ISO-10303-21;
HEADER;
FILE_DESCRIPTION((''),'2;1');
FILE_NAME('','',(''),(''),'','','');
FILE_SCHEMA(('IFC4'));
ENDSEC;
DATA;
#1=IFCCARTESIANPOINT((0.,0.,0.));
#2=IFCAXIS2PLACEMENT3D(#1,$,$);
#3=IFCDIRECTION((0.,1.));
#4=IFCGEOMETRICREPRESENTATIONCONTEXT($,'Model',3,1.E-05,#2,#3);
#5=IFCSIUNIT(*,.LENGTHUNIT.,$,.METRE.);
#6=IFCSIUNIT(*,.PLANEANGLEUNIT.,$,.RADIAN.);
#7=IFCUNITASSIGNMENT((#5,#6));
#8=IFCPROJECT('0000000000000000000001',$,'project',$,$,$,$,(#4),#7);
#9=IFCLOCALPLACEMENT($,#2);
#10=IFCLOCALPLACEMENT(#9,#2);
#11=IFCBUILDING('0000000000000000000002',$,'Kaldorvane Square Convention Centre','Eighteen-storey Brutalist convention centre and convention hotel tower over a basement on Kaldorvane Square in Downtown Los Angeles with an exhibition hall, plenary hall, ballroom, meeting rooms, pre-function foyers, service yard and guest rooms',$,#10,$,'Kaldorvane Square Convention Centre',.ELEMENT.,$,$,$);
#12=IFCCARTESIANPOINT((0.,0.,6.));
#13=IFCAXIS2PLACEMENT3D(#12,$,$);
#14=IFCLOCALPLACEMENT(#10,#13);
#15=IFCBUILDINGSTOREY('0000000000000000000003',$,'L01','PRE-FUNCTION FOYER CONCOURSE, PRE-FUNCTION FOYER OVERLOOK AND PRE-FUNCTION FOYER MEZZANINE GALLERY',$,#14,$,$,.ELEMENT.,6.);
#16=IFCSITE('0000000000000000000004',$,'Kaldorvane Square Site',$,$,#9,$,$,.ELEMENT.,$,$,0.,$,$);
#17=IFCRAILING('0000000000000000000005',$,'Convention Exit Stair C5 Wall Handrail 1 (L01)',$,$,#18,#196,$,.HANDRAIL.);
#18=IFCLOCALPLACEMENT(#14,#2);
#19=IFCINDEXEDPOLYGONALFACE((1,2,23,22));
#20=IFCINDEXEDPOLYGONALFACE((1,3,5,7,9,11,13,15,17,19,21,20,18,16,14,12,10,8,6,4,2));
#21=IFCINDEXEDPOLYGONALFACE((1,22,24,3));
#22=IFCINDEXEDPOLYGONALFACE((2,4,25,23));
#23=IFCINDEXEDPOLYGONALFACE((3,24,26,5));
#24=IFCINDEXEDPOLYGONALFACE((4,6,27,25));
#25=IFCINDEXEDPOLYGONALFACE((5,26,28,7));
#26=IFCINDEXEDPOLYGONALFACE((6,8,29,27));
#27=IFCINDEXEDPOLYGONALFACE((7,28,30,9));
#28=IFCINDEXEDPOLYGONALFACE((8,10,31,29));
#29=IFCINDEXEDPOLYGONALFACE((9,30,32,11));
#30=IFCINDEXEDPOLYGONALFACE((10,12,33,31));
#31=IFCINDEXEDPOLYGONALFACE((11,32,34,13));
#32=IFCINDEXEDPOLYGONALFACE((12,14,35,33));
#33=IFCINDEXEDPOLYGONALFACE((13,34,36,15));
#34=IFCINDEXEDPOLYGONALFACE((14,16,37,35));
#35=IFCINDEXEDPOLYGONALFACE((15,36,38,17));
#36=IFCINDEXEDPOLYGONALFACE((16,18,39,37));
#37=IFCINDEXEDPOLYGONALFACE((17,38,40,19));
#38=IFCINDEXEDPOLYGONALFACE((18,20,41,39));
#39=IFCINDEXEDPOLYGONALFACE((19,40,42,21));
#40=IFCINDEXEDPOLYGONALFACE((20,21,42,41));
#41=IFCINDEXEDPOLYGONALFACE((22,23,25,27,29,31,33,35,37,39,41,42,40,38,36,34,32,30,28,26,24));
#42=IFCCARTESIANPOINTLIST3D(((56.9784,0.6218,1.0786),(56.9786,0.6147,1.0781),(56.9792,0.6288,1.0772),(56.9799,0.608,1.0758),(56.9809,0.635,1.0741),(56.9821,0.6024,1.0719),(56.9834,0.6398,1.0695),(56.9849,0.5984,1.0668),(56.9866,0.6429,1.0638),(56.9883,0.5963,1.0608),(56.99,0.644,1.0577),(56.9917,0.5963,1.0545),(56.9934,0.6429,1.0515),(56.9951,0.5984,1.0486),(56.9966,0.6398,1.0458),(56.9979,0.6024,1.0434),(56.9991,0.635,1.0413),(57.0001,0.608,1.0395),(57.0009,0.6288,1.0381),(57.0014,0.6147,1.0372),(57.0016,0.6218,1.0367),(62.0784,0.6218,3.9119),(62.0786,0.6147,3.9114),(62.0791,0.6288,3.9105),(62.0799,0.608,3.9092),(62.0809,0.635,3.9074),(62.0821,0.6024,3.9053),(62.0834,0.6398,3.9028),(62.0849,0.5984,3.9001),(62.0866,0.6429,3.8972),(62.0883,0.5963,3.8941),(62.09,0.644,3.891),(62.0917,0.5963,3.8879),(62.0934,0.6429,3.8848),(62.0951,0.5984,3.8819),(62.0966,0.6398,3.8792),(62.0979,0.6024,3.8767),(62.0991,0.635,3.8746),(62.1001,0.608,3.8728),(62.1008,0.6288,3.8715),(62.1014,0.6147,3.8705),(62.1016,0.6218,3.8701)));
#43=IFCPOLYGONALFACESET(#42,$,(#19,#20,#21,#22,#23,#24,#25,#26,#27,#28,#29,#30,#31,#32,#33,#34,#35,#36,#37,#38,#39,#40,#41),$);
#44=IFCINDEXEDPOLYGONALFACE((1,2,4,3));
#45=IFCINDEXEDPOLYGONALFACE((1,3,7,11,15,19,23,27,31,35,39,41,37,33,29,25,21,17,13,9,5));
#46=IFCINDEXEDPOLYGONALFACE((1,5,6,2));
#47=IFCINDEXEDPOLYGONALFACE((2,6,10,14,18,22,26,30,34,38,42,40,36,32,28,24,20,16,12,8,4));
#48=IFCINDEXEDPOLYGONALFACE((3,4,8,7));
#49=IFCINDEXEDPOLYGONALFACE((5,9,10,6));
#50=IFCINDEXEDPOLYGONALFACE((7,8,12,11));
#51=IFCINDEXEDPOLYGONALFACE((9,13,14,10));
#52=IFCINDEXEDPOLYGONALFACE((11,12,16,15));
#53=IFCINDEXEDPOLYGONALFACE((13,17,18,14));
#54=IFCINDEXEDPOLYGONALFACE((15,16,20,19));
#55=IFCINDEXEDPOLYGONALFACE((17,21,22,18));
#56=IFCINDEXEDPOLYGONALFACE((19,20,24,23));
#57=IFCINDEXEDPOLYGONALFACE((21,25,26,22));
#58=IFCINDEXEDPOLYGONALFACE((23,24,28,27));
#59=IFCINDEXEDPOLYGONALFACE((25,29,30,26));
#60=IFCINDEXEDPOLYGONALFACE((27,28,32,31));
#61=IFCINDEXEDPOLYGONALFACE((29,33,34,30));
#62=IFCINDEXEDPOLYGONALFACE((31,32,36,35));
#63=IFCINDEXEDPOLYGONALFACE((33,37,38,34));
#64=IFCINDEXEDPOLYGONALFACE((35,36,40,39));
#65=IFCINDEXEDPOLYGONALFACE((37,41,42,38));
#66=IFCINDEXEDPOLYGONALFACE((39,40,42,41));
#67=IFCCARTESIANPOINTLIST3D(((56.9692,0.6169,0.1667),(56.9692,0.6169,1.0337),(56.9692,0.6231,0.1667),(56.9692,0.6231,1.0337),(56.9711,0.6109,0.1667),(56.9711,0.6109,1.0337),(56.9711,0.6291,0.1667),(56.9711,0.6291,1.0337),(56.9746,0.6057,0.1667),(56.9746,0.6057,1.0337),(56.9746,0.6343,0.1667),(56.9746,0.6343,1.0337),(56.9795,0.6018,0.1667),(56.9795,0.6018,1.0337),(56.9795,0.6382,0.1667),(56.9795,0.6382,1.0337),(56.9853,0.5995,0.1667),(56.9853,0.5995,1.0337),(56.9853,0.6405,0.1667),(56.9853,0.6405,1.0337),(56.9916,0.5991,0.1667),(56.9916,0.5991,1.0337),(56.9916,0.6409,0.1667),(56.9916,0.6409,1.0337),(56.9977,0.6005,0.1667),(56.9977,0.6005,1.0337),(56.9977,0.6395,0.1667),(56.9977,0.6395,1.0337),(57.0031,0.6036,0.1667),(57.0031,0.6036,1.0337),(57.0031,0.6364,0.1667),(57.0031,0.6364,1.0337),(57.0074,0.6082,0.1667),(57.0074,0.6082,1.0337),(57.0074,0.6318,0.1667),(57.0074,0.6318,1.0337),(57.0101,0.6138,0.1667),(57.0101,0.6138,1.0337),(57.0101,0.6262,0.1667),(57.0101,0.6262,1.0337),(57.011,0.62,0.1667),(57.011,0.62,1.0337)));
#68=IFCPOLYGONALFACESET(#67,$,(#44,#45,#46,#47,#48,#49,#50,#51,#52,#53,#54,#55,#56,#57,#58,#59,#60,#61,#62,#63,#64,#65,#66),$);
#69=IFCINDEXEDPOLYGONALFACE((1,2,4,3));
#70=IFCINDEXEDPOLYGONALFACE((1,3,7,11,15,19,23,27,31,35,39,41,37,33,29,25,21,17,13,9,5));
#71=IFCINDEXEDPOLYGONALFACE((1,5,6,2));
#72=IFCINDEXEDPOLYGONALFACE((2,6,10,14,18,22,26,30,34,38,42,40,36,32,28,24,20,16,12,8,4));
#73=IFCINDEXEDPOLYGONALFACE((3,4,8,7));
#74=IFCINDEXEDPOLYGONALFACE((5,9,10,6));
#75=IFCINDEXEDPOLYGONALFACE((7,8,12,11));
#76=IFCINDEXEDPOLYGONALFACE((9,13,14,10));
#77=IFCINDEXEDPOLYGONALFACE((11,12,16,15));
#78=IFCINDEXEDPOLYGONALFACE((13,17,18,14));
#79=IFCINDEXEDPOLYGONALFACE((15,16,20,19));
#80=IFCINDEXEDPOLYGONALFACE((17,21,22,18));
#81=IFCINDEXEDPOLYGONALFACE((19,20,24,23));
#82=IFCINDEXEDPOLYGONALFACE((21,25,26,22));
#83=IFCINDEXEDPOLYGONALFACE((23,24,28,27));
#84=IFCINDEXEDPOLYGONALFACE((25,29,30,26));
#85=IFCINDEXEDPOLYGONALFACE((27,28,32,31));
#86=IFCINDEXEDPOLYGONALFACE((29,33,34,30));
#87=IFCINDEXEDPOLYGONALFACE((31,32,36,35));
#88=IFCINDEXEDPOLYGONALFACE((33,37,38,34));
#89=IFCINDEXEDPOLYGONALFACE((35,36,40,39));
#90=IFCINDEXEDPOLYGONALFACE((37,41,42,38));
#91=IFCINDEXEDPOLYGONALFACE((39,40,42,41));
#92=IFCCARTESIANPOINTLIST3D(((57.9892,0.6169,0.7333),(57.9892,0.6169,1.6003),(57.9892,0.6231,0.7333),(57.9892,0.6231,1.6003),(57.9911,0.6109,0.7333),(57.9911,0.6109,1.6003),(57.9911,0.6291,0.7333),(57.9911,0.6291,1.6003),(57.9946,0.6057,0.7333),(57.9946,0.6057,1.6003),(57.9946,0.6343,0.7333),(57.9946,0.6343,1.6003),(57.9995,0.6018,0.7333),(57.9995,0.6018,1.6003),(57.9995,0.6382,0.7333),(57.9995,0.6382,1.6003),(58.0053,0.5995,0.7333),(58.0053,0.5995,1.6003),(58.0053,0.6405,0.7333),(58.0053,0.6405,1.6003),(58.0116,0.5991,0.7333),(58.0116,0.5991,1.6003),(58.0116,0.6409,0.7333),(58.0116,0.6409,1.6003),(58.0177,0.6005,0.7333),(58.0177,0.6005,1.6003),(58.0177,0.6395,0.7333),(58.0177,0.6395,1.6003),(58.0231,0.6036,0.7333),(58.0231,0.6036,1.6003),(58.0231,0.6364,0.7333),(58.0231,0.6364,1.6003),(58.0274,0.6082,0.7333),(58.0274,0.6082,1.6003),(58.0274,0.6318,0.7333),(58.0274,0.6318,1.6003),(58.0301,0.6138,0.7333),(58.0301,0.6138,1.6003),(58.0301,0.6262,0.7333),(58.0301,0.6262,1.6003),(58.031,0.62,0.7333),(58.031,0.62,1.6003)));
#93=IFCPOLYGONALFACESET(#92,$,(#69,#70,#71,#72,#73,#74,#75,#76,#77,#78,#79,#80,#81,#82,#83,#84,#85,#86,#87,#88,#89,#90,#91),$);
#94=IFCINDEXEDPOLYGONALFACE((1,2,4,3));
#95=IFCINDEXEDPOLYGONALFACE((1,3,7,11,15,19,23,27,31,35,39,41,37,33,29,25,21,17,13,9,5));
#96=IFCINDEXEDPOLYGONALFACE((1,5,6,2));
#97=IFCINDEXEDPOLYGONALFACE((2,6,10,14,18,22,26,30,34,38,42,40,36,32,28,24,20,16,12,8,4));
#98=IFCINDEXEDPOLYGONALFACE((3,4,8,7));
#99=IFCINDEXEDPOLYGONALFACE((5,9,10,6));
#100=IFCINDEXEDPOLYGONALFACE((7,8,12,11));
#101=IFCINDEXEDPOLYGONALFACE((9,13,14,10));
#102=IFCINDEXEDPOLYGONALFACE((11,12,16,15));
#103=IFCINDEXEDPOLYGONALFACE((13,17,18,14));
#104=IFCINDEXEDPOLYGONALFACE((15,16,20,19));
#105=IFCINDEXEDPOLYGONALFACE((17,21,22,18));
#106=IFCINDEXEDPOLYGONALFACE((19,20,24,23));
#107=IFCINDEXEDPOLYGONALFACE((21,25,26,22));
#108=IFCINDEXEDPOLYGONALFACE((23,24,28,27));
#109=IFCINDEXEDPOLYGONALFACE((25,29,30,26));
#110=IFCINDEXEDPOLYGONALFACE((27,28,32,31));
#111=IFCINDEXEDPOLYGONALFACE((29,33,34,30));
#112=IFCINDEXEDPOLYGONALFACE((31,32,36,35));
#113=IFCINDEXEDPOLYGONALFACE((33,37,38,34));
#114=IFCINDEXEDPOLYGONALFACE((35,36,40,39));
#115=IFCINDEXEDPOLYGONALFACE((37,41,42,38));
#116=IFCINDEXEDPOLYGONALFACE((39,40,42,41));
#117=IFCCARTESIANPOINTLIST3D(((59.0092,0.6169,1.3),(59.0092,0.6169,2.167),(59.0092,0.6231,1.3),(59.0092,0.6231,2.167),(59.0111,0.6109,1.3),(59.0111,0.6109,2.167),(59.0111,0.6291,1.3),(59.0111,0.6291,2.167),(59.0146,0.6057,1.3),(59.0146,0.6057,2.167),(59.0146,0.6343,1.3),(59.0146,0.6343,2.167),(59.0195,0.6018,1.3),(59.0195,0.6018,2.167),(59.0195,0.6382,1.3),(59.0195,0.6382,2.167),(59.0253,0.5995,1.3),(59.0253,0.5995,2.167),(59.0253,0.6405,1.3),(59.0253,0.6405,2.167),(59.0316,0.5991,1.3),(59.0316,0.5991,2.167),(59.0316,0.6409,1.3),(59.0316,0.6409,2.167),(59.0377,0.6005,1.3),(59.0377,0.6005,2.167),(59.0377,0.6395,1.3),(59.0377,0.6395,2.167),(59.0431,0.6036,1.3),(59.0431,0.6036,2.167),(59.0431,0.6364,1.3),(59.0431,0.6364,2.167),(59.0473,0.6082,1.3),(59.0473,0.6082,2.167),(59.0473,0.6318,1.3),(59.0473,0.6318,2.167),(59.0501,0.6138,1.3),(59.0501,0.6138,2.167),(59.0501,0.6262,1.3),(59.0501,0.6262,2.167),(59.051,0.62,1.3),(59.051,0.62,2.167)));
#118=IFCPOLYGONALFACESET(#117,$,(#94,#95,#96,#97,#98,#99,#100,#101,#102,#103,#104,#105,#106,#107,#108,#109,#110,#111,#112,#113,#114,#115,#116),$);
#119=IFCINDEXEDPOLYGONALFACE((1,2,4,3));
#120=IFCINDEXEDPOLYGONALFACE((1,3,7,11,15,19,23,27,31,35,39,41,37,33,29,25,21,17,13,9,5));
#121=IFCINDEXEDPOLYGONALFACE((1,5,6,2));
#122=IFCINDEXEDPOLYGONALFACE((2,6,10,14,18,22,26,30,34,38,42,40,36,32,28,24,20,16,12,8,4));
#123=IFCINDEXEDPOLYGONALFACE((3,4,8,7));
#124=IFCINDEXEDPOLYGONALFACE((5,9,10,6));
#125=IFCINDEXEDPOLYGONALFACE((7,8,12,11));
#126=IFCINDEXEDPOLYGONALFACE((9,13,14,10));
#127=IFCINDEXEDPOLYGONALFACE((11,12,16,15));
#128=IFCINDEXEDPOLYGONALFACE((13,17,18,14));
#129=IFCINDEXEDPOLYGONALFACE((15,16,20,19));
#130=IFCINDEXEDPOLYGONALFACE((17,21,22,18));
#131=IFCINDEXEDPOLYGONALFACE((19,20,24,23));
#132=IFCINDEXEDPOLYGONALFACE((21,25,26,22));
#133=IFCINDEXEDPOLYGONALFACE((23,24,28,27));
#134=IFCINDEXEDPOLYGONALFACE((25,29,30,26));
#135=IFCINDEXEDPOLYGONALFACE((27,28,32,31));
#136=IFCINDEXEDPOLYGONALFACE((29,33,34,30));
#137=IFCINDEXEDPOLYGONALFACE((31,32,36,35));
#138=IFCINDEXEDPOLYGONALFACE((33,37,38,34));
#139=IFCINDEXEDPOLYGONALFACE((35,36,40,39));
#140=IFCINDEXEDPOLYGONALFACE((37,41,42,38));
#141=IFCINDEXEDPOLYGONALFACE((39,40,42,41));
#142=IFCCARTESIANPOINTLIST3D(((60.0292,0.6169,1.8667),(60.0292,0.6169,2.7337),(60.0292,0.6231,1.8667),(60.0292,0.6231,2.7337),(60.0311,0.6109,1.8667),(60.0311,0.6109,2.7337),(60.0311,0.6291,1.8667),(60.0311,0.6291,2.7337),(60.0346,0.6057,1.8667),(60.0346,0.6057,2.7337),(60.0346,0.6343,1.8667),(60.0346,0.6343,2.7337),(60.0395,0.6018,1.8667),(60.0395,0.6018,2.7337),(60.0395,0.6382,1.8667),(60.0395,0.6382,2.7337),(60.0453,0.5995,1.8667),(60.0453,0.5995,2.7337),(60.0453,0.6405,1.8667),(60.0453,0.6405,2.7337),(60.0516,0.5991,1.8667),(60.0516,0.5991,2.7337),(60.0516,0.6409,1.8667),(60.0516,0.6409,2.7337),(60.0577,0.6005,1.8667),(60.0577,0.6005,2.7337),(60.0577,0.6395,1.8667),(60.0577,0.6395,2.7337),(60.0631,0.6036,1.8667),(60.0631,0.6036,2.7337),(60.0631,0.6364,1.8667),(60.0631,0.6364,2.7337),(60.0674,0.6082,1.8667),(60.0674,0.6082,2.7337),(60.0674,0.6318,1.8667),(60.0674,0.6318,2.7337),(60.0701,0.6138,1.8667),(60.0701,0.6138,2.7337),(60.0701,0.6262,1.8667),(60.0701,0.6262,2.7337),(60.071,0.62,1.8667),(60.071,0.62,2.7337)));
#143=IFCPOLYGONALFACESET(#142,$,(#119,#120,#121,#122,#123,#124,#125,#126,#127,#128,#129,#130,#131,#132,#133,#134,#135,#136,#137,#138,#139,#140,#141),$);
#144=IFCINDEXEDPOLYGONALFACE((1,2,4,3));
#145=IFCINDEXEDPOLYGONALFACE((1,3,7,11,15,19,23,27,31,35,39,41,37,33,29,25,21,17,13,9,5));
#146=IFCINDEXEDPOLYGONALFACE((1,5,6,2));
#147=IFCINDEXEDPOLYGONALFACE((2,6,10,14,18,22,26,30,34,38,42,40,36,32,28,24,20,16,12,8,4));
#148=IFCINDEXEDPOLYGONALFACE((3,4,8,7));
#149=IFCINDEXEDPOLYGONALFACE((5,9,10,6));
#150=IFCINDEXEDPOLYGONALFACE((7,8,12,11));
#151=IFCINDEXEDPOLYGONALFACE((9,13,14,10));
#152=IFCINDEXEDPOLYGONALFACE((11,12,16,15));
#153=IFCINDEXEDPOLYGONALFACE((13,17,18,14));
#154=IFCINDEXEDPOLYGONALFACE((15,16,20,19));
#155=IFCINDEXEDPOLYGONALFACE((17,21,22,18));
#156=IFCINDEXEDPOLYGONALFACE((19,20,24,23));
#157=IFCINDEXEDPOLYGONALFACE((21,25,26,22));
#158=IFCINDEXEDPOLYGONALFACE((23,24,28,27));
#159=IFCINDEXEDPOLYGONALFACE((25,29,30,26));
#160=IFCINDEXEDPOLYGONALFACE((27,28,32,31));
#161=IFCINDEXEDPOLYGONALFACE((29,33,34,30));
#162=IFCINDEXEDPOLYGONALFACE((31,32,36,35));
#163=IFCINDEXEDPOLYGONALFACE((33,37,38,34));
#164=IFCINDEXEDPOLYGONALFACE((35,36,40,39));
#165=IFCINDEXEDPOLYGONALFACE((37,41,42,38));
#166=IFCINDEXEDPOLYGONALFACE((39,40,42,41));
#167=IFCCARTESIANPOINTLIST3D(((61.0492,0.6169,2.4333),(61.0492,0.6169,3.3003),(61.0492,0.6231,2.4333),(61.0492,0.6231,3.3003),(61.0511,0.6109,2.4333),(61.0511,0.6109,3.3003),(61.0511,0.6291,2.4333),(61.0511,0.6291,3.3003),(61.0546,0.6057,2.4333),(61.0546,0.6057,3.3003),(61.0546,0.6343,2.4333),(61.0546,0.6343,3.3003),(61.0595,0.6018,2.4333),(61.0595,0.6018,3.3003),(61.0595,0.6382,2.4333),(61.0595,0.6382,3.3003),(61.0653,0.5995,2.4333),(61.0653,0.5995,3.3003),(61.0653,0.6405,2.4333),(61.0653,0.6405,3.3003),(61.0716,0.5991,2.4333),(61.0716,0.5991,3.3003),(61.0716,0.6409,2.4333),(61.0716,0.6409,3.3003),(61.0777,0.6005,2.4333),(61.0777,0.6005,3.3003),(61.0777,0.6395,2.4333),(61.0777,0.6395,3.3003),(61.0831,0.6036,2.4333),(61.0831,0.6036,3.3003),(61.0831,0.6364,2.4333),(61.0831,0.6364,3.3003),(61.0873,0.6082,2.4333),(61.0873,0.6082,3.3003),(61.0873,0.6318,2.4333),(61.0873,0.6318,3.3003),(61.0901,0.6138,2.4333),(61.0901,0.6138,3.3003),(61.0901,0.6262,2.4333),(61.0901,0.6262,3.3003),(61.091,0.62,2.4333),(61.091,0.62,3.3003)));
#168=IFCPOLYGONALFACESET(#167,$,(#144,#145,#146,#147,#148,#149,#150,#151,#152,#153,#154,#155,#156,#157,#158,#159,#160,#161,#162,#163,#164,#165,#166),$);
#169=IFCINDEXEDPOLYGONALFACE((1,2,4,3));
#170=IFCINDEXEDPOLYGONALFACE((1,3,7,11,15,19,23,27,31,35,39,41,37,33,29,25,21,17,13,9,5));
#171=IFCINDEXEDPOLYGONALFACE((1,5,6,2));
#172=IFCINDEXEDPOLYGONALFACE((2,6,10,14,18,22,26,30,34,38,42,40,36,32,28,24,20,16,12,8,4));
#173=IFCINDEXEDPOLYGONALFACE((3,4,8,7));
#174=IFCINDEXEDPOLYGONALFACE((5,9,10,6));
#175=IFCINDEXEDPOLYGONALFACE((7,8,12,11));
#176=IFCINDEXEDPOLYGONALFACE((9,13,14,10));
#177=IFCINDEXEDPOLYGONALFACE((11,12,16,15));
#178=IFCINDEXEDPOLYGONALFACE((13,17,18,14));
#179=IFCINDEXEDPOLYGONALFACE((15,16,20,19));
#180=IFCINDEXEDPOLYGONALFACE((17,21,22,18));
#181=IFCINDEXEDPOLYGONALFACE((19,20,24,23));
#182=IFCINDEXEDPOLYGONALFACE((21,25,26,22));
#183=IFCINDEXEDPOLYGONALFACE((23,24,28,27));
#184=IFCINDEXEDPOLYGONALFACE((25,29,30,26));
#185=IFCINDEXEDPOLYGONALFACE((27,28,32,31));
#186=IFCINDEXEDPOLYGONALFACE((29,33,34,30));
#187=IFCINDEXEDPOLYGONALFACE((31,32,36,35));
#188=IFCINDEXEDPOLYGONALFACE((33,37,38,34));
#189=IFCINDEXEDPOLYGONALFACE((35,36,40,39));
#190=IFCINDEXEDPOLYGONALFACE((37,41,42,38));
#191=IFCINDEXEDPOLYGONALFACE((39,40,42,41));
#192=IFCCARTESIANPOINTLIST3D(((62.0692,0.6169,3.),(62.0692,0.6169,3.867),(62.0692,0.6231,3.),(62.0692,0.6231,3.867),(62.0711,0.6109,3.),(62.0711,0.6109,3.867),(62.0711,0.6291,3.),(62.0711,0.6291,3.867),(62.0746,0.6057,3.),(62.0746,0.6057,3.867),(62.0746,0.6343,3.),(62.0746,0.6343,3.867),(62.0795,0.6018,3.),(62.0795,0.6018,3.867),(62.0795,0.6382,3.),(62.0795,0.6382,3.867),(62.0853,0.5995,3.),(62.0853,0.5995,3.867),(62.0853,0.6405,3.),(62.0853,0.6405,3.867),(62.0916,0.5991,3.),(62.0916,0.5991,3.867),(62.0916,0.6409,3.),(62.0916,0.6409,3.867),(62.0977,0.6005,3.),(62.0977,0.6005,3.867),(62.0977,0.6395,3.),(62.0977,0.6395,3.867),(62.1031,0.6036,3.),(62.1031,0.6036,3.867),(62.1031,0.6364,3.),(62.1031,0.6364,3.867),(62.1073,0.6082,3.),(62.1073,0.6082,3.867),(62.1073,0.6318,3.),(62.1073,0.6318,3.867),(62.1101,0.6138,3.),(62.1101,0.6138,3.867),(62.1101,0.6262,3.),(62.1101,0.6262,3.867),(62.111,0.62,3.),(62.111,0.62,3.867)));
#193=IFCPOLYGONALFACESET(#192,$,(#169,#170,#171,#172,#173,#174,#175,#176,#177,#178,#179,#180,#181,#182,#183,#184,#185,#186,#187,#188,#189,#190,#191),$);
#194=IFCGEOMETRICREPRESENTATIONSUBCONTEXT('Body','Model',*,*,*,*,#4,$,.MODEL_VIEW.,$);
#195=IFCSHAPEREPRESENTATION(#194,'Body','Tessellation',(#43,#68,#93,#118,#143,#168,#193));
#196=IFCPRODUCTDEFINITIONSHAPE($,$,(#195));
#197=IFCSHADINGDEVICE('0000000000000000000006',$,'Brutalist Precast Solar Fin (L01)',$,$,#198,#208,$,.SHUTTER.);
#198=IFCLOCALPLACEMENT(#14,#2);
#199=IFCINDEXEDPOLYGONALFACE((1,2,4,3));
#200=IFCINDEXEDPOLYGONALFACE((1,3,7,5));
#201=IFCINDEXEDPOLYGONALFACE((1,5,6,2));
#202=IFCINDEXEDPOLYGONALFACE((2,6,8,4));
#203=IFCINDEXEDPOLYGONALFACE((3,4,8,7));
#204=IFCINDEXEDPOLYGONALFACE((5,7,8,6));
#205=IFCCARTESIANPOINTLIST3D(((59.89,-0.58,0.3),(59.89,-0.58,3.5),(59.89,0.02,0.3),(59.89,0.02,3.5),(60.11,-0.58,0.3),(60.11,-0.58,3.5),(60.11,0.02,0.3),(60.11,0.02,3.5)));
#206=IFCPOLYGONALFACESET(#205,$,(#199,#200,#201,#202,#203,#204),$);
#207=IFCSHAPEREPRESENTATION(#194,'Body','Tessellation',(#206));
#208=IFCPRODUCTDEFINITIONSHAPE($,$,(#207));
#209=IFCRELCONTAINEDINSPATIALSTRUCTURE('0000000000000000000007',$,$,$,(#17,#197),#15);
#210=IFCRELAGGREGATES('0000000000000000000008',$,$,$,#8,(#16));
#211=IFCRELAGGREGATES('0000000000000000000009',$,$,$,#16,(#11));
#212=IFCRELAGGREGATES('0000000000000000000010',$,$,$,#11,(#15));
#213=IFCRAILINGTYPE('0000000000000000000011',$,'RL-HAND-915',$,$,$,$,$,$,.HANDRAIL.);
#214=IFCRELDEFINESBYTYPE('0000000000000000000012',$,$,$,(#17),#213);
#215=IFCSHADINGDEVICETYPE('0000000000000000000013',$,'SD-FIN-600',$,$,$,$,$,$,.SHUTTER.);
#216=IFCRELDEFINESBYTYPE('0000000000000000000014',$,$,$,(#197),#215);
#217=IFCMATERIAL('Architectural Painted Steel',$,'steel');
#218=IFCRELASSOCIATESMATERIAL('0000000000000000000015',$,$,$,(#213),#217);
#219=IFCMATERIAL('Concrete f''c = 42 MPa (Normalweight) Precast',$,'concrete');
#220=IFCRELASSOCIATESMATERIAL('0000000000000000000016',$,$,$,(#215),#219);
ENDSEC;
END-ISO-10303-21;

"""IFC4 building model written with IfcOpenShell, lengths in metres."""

from ifc_helpers import new_model, si_unit, direction, frame, origin, origin_2d, place, context, subcontext, project, spatial, rectangle, circle, extrude, material, type_object, element, save


model = new_model("IFC4")

# Units and contexts
model_context = context("Model", 3, precision=1e-05, world=origin(), true_north=direction((0.0, 1.0)))
body_context = subcontext(model_context, "Body", "Model", "MODEL_VIEW")
ifc_project = project(units=[si_unit("LENGTHUNIT", "METRE"), si_unit("PLANEANGLEUNIT", "RADIAN")], contexts=[model_context])

# Site, building, storey
site_placement = place(None, origin())
site = spatial("IfcSite", under=ifc_project, at=site_placement, Name="Kaldorvane Square Site", CompositionType="ELEMENT", RefElevation=0.0)
building_placement = place(site_placement, origin())
building = spatial("IfcBuilding", under=site, at=building_placement, Name="Kaldorvane Square Convention Centre", Description="Eighteen-storey Brutalist convention centre and convention hotel tower over a basement on Kaldorvane Square in Downtown Los Angeles with an exhibition hall, plenary hall, ballroom, meeting rooms, pre-function foyers, service yard and guest rooms", LongName="Kaldorvane Square Convention Centre", CompositionType="ELEMENT")
storey_placement = place(building_placement, frame((0.0, 0.0, 6.0)))
storey = spatial("IfcBuildingStorey", under=building, at=storey_placement, Name="L01", Description="PRE-FUNCTION FOYER CONCOURSE, PRE-FUNCTION FOYER OVERLOOK AND PRE-FUNCTION FOYER MEZZANINE GALLERY", CompositionType="ELEMENT", Elevation=6.0)

# Railing
ifc_material_1 = material(Name="Architectural Painted Steel", Category="steel")
railing_type_1 = type_object("IfcRailingType", Name="RL-HAND-915", PredefinedType="HANDRAIL", material=ifc_material_1)
railing_1_placement = place(storey_placement, frame((56.99, 0.62, 0.1667)))
element("IfcRailing", 1, at=railing_1_placement, inside=storey, type_object=railing_type_1, Name="Convention Exit Stair C5 Wall Handrail 1 (L01)", PredefinedType="HANDRAIL", context=body_context, shape_type="SweptSolid", body=[
    extrude(circle(Radius=0.024, at=origin_2d()), frame((0.0, 0.0, 0.891), z_axis=(0.874157, 0.0, 0.485643), x_axis=(0.0, 1.0, 0.0)), (0.0, 0.0, 1.0), 5.8342),
    extrude(circle(Radius=0.021, at=origin_2d()), origin(), (0.0, 0.0, 1.0), 0.867),
    extrude(circle(Radius=0.021, at=origin_2d()), frame((1.02, 0.0, 0.5667)), (0.0, 0.0, 1.0), 0.867),
    extrude(circle(Radius=0.021, at=origin_2d()), frame((2.04, 0.0, 1.1333)), (0.0, 0.0, 1.0), 0.867),
    extrude(circle(Radius=0.021, at=origin_2d()), frame((3.06, 0.0, 1.7)), (0.0, 0.0, 1.0), 0.867),
    extrude(circle(Radius=0.021, at=origin_2d()), frame((4.08, 0.0, 2.2667)), (0.0, 0.0, 1.0), 0.867),
    extrude(circle(Radius=0.021, at=origin_2d()), frame((5.1, 0.0, 2.8333)), (0.0, 0.0, 1.0), 0.867),
])

# Shading device
ifc_material_2 = material(Name="Concrete f'c = 42 MPa (Normalweight) Precast", Category="concrete")
shading_device_type = type_object("IfcShadingDeviceType", Name="SD-FIN-600", PredefinedType="SHUTTER", material=ifc_material_2)
shading_device_placement = place(storey_placement, frame((60.0, -0.28, 0.3), z_axis=(0.0, 0.0, 1.0), x_axis=(1.0, 0.0, 0.0)))
element("IfcShadingDevice", 2, at=shading_device_placement, inside=storey, type_object=shading_device_type, Name="Brutalist Precast Solar Fin (L01)", PredefinedType="SHUTTER", context=body_context, shape_type="SweptSolid", body=[
    extrude(rectangle(XDim=0.22, YDim=0.6, at=origin_2d()), origin(), (0.0, 0.0, 1.0), 3.2),
])

save(model, "model.ifc")
